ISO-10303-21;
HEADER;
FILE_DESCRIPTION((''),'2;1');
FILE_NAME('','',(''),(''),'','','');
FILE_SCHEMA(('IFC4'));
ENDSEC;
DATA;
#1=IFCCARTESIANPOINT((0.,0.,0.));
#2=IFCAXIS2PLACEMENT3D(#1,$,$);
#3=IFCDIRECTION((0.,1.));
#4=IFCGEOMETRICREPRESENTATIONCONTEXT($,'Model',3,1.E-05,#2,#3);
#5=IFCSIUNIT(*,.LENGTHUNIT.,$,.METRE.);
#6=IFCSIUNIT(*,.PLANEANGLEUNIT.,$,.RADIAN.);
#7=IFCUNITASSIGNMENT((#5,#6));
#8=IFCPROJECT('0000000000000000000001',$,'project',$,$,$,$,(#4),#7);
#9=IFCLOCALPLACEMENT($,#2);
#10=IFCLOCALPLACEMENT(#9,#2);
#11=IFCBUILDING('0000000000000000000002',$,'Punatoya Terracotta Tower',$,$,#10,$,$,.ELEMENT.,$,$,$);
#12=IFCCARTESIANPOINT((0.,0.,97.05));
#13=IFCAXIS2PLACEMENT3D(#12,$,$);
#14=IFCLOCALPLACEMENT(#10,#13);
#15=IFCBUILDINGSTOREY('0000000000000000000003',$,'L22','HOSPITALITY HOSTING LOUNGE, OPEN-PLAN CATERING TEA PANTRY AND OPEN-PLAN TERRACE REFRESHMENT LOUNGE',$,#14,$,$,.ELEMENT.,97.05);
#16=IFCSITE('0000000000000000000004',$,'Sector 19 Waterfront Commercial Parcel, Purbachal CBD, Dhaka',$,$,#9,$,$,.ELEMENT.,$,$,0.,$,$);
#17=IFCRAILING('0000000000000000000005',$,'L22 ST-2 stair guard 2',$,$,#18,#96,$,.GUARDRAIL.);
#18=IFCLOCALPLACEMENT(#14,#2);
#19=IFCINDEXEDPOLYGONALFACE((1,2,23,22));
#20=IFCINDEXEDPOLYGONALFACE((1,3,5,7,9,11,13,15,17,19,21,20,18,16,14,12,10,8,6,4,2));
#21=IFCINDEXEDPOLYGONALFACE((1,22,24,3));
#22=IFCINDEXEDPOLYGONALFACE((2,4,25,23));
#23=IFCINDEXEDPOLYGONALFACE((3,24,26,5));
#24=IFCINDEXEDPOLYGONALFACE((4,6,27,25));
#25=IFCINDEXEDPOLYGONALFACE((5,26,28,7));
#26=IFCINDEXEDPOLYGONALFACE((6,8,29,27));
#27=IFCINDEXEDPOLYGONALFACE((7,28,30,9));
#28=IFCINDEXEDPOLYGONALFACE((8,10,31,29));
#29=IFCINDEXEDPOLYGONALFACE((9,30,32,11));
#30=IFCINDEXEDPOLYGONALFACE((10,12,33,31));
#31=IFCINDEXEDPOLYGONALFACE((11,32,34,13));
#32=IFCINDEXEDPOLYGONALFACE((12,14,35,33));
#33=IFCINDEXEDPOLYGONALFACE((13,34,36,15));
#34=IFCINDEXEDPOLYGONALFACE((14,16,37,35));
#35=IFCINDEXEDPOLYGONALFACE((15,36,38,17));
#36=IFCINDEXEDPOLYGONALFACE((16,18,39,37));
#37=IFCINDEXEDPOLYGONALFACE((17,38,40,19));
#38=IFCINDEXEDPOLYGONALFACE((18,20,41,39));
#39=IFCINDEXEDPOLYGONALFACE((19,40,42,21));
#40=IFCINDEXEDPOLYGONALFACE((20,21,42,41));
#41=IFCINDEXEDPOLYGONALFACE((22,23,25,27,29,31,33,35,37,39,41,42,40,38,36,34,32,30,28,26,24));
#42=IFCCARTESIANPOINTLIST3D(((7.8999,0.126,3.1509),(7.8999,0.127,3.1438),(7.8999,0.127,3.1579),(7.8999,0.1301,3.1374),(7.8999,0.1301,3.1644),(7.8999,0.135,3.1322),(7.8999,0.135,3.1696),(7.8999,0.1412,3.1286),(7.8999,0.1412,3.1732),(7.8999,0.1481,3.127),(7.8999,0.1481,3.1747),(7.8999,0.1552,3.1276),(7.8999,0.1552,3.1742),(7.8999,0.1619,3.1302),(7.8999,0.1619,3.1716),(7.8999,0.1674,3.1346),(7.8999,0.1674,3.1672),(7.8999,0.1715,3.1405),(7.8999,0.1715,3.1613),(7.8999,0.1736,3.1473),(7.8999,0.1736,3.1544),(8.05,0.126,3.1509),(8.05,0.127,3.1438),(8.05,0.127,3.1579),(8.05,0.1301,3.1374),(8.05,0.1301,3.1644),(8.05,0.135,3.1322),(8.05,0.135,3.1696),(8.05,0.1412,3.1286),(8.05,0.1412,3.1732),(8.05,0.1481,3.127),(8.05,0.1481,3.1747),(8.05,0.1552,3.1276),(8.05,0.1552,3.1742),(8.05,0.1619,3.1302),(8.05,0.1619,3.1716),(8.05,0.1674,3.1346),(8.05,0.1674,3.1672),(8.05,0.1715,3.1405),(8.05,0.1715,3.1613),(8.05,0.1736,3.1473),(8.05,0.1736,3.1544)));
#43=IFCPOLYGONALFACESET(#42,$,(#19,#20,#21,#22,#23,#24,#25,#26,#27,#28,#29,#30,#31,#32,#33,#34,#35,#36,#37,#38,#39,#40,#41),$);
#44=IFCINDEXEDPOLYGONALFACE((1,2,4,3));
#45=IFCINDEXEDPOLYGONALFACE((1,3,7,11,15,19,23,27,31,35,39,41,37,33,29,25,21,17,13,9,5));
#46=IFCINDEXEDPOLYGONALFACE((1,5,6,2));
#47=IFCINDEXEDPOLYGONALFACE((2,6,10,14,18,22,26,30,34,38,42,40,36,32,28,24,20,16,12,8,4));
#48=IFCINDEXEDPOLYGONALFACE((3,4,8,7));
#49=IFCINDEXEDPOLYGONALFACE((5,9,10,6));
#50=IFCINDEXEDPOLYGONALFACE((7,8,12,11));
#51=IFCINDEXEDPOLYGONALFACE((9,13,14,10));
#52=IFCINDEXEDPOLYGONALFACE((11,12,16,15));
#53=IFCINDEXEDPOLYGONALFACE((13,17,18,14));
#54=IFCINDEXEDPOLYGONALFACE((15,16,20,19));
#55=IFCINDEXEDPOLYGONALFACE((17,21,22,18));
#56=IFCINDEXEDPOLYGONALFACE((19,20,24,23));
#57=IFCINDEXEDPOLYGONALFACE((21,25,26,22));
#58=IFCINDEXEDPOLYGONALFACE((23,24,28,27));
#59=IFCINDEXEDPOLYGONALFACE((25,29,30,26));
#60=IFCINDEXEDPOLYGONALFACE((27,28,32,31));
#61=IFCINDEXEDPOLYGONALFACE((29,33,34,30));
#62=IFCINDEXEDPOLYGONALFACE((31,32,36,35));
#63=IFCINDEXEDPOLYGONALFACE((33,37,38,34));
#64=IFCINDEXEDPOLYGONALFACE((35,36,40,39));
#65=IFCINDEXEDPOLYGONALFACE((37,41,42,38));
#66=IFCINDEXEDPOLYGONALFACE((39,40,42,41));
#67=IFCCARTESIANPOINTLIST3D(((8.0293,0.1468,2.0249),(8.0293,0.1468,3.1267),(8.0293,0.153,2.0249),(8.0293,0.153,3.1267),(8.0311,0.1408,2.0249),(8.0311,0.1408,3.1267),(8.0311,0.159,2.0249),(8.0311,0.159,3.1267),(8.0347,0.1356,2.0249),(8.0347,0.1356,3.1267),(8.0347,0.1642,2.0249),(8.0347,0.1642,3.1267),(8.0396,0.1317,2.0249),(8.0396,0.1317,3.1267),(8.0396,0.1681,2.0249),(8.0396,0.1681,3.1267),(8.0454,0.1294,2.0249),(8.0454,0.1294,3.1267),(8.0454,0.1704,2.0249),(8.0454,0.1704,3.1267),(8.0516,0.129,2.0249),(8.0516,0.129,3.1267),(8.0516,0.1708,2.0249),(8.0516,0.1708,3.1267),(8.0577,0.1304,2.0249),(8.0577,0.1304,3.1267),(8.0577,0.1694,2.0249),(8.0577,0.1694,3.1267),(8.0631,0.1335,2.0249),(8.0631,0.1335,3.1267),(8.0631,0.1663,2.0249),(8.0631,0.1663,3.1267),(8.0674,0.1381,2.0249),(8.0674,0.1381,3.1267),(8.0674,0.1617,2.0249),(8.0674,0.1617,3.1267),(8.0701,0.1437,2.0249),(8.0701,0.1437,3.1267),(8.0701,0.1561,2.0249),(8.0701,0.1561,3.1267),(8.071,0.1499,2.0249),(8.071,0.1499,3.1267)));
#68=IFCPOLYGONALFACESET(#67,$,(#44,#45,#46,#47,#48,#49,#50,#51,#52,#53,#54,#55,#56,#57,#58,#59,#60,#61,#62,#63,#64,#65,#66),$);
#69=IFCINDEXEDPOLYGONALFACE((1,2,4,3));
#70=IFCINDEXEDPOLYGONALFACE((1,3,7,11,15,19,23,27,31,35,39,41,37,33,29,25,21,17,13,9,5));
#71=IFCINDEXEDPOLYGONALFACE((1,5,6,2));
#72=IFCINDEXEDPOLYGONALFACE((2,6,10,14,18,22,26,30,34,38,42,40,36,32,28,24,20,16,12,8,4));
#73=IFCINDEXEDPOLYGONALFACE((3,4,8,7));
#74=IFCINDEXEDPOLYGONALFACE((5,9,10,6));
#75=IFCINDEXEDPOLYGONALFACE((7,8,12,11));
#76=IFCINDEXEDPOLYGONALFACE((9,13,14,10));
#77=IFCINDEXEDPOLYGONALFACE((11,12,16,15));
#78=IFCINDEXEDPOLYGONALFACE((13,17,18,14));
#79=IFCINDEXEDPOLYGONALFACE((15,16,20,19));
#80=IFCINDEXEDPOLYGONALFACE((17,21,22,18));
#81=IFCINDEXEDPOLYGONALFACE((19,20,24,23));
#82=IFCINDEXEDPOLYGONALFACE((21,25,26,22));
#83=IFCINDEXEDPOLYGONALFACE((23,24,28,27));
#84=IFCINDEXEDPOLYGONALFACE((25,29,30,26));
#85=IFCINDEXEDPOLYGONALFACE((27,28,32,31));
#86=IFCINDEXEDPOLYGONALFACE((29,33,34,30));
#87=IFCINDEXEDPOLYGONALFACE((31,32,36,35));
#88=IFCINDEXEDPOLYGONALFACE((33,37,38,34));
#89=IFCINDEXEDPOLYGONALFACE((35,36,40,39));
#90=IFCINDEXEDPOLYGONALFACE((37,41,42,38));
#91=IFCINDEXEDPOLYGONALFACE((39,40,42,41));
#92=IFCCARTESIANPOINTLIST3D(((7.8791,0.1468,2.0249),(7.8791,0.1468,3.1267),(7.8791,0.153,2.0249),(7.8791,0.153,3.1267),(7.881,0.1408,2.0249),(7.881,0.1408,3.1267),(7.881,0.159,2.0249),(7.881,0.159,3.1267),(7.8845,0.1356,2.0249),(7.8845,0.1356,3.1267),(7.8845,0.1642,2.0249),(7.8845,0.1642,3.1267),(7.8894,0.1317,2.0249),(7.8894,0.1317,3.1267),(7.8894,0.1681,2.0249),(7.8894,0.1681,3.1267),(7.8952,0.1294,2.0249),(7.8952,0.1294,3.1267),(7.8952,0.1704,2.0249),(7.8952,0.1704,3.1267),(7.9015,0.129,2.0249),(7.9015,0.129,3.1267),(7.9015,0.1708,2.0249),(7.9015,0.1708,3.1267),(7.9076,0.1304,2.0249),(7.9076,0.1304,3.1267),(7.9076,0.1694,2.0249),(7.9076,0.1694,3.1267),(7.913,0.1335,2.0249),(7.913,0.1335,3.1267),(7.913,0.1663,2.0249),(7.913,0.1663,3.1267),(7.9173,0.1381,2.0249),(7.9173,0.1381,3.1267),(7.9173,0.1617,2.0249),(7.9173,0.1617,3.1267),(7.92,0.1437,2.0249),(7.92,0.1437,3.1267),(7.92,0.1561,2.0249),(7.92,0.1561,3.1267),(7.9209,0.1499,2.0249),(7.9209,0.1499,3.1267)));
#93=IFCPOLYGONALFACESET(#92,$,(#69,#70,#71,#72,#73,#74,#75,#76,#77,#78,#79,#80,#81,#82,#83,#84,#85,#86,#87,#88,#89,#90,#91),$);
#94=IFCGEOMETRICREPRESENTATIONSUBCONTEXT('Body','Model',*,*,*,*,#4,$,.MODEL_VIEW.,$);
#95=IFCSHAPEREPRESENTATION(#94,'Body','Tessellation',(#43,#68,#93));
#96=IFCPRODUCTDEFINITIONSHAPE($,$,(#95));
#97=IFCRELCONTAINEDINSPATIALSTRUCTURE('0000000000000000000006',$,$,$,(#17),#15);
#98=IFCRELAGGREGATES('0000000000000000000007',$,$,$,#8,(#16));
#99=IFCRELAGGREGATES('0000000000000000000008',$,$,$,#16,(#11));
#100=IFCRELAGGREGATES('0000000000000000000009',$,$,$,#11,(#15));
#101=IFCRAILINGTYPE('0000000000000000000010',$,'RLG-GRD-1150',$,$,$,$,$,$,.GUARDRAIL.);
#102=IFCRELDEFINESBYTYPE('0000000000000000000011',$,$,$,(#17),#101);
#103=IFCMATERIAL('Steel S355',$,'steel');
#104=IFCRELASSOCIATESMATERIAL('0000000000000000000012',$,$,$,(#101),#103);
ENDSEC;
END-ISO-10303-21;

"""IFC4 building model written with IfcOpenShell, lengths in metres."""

from ifc_helpers import new_model, si_unit, direction, frame, origin, origin_2d, place, context, subcontext, project, spatial, circle, extrude, material, type_object, element, save


model = new_model("IFC4")

# Units and contexts
model_context = context("Model", 3, precision=1e-05, world=origin(), true_north=direction((0.0, 1.0)))
body_context = subcontext(model_context, "Body", "Model", "MODEL_VIEW")
ifc_project = project(units=[si_unit("LENGTHUNIT", "METRE"), si_unit("PLANEANGLEUNIT", "RADIAN")], contexts=[model_context])

# Site, building, storey
site_placement = place(None, origin())
site = spatial("IfcSite", under=ifc_project, at=site_placement, Name="Sector 19 Waterfront Commercial Parcel, Purbachal CBD, Dhaka", CompositionType="ELEMENT", RefElevation=0.0)
building_placement = place(site_placement, origin())
building = spatial("IfcBuilding", under=site, at=building_placement, Name="Punatoya Terracotta Tower", CompositionType="ELEMENT")
storey_placement = place(building_placement, frame((0.0, 0.0, 97.05)))
storey = spatial("IfcBuildingStorey", under=building, at=storey_placement, Name="L22", Description="HOSPITALITY HOSTING LOUNGE, OPEN-PLAN CATERING TEA PANTRY AND OPEN-PLAN TERRACE REFRESHMENT LOUNGE", CompositionType="ELEMENT", Elevation=97.05)

# Shared definitions
ifc_material_1 = material(Name="Steel S355", Category="steel")

# Railing
railing_type_1 = type_object("IfcRailingType", Name="RLG-GRD-1150", PredefinedType="GUARDRAIL", material=ifc_material_1)
railing_1_placement = place(storey_placement, frame((8.05, 0.1499, 2.0249)))
element("IfcRailing", 1, at=railing_1_placement, inside=storey, type_object=railing_type_1, Name="L22 ST-2 stair guard 2", PredefinedType="GUARDRAIL", context=body_context, shape_type="SweptSolid", body=[
    extrude(circle(Radius=0.0239, at=origin_2d()), frame((0.0, 0.0, 1.126), z_axis=(-1.0, 0.0, 0.0), x_axis=(0.0, -1.0, 0.0)), (0.0, 0.0, 1.0), 0.1501),
    extrude(circle(Radius=0.021, at=origin_2d()), origin(), (0.0, 0.0, 1.0), 1.1018),
    extrude(circle(Radius=0.021, at=origin_2d()), frame((-0.1501, 0.0, 0.0)), (0.0, 0.0, 1.0), 1.1018),
])

save(model, "model.ifc")
